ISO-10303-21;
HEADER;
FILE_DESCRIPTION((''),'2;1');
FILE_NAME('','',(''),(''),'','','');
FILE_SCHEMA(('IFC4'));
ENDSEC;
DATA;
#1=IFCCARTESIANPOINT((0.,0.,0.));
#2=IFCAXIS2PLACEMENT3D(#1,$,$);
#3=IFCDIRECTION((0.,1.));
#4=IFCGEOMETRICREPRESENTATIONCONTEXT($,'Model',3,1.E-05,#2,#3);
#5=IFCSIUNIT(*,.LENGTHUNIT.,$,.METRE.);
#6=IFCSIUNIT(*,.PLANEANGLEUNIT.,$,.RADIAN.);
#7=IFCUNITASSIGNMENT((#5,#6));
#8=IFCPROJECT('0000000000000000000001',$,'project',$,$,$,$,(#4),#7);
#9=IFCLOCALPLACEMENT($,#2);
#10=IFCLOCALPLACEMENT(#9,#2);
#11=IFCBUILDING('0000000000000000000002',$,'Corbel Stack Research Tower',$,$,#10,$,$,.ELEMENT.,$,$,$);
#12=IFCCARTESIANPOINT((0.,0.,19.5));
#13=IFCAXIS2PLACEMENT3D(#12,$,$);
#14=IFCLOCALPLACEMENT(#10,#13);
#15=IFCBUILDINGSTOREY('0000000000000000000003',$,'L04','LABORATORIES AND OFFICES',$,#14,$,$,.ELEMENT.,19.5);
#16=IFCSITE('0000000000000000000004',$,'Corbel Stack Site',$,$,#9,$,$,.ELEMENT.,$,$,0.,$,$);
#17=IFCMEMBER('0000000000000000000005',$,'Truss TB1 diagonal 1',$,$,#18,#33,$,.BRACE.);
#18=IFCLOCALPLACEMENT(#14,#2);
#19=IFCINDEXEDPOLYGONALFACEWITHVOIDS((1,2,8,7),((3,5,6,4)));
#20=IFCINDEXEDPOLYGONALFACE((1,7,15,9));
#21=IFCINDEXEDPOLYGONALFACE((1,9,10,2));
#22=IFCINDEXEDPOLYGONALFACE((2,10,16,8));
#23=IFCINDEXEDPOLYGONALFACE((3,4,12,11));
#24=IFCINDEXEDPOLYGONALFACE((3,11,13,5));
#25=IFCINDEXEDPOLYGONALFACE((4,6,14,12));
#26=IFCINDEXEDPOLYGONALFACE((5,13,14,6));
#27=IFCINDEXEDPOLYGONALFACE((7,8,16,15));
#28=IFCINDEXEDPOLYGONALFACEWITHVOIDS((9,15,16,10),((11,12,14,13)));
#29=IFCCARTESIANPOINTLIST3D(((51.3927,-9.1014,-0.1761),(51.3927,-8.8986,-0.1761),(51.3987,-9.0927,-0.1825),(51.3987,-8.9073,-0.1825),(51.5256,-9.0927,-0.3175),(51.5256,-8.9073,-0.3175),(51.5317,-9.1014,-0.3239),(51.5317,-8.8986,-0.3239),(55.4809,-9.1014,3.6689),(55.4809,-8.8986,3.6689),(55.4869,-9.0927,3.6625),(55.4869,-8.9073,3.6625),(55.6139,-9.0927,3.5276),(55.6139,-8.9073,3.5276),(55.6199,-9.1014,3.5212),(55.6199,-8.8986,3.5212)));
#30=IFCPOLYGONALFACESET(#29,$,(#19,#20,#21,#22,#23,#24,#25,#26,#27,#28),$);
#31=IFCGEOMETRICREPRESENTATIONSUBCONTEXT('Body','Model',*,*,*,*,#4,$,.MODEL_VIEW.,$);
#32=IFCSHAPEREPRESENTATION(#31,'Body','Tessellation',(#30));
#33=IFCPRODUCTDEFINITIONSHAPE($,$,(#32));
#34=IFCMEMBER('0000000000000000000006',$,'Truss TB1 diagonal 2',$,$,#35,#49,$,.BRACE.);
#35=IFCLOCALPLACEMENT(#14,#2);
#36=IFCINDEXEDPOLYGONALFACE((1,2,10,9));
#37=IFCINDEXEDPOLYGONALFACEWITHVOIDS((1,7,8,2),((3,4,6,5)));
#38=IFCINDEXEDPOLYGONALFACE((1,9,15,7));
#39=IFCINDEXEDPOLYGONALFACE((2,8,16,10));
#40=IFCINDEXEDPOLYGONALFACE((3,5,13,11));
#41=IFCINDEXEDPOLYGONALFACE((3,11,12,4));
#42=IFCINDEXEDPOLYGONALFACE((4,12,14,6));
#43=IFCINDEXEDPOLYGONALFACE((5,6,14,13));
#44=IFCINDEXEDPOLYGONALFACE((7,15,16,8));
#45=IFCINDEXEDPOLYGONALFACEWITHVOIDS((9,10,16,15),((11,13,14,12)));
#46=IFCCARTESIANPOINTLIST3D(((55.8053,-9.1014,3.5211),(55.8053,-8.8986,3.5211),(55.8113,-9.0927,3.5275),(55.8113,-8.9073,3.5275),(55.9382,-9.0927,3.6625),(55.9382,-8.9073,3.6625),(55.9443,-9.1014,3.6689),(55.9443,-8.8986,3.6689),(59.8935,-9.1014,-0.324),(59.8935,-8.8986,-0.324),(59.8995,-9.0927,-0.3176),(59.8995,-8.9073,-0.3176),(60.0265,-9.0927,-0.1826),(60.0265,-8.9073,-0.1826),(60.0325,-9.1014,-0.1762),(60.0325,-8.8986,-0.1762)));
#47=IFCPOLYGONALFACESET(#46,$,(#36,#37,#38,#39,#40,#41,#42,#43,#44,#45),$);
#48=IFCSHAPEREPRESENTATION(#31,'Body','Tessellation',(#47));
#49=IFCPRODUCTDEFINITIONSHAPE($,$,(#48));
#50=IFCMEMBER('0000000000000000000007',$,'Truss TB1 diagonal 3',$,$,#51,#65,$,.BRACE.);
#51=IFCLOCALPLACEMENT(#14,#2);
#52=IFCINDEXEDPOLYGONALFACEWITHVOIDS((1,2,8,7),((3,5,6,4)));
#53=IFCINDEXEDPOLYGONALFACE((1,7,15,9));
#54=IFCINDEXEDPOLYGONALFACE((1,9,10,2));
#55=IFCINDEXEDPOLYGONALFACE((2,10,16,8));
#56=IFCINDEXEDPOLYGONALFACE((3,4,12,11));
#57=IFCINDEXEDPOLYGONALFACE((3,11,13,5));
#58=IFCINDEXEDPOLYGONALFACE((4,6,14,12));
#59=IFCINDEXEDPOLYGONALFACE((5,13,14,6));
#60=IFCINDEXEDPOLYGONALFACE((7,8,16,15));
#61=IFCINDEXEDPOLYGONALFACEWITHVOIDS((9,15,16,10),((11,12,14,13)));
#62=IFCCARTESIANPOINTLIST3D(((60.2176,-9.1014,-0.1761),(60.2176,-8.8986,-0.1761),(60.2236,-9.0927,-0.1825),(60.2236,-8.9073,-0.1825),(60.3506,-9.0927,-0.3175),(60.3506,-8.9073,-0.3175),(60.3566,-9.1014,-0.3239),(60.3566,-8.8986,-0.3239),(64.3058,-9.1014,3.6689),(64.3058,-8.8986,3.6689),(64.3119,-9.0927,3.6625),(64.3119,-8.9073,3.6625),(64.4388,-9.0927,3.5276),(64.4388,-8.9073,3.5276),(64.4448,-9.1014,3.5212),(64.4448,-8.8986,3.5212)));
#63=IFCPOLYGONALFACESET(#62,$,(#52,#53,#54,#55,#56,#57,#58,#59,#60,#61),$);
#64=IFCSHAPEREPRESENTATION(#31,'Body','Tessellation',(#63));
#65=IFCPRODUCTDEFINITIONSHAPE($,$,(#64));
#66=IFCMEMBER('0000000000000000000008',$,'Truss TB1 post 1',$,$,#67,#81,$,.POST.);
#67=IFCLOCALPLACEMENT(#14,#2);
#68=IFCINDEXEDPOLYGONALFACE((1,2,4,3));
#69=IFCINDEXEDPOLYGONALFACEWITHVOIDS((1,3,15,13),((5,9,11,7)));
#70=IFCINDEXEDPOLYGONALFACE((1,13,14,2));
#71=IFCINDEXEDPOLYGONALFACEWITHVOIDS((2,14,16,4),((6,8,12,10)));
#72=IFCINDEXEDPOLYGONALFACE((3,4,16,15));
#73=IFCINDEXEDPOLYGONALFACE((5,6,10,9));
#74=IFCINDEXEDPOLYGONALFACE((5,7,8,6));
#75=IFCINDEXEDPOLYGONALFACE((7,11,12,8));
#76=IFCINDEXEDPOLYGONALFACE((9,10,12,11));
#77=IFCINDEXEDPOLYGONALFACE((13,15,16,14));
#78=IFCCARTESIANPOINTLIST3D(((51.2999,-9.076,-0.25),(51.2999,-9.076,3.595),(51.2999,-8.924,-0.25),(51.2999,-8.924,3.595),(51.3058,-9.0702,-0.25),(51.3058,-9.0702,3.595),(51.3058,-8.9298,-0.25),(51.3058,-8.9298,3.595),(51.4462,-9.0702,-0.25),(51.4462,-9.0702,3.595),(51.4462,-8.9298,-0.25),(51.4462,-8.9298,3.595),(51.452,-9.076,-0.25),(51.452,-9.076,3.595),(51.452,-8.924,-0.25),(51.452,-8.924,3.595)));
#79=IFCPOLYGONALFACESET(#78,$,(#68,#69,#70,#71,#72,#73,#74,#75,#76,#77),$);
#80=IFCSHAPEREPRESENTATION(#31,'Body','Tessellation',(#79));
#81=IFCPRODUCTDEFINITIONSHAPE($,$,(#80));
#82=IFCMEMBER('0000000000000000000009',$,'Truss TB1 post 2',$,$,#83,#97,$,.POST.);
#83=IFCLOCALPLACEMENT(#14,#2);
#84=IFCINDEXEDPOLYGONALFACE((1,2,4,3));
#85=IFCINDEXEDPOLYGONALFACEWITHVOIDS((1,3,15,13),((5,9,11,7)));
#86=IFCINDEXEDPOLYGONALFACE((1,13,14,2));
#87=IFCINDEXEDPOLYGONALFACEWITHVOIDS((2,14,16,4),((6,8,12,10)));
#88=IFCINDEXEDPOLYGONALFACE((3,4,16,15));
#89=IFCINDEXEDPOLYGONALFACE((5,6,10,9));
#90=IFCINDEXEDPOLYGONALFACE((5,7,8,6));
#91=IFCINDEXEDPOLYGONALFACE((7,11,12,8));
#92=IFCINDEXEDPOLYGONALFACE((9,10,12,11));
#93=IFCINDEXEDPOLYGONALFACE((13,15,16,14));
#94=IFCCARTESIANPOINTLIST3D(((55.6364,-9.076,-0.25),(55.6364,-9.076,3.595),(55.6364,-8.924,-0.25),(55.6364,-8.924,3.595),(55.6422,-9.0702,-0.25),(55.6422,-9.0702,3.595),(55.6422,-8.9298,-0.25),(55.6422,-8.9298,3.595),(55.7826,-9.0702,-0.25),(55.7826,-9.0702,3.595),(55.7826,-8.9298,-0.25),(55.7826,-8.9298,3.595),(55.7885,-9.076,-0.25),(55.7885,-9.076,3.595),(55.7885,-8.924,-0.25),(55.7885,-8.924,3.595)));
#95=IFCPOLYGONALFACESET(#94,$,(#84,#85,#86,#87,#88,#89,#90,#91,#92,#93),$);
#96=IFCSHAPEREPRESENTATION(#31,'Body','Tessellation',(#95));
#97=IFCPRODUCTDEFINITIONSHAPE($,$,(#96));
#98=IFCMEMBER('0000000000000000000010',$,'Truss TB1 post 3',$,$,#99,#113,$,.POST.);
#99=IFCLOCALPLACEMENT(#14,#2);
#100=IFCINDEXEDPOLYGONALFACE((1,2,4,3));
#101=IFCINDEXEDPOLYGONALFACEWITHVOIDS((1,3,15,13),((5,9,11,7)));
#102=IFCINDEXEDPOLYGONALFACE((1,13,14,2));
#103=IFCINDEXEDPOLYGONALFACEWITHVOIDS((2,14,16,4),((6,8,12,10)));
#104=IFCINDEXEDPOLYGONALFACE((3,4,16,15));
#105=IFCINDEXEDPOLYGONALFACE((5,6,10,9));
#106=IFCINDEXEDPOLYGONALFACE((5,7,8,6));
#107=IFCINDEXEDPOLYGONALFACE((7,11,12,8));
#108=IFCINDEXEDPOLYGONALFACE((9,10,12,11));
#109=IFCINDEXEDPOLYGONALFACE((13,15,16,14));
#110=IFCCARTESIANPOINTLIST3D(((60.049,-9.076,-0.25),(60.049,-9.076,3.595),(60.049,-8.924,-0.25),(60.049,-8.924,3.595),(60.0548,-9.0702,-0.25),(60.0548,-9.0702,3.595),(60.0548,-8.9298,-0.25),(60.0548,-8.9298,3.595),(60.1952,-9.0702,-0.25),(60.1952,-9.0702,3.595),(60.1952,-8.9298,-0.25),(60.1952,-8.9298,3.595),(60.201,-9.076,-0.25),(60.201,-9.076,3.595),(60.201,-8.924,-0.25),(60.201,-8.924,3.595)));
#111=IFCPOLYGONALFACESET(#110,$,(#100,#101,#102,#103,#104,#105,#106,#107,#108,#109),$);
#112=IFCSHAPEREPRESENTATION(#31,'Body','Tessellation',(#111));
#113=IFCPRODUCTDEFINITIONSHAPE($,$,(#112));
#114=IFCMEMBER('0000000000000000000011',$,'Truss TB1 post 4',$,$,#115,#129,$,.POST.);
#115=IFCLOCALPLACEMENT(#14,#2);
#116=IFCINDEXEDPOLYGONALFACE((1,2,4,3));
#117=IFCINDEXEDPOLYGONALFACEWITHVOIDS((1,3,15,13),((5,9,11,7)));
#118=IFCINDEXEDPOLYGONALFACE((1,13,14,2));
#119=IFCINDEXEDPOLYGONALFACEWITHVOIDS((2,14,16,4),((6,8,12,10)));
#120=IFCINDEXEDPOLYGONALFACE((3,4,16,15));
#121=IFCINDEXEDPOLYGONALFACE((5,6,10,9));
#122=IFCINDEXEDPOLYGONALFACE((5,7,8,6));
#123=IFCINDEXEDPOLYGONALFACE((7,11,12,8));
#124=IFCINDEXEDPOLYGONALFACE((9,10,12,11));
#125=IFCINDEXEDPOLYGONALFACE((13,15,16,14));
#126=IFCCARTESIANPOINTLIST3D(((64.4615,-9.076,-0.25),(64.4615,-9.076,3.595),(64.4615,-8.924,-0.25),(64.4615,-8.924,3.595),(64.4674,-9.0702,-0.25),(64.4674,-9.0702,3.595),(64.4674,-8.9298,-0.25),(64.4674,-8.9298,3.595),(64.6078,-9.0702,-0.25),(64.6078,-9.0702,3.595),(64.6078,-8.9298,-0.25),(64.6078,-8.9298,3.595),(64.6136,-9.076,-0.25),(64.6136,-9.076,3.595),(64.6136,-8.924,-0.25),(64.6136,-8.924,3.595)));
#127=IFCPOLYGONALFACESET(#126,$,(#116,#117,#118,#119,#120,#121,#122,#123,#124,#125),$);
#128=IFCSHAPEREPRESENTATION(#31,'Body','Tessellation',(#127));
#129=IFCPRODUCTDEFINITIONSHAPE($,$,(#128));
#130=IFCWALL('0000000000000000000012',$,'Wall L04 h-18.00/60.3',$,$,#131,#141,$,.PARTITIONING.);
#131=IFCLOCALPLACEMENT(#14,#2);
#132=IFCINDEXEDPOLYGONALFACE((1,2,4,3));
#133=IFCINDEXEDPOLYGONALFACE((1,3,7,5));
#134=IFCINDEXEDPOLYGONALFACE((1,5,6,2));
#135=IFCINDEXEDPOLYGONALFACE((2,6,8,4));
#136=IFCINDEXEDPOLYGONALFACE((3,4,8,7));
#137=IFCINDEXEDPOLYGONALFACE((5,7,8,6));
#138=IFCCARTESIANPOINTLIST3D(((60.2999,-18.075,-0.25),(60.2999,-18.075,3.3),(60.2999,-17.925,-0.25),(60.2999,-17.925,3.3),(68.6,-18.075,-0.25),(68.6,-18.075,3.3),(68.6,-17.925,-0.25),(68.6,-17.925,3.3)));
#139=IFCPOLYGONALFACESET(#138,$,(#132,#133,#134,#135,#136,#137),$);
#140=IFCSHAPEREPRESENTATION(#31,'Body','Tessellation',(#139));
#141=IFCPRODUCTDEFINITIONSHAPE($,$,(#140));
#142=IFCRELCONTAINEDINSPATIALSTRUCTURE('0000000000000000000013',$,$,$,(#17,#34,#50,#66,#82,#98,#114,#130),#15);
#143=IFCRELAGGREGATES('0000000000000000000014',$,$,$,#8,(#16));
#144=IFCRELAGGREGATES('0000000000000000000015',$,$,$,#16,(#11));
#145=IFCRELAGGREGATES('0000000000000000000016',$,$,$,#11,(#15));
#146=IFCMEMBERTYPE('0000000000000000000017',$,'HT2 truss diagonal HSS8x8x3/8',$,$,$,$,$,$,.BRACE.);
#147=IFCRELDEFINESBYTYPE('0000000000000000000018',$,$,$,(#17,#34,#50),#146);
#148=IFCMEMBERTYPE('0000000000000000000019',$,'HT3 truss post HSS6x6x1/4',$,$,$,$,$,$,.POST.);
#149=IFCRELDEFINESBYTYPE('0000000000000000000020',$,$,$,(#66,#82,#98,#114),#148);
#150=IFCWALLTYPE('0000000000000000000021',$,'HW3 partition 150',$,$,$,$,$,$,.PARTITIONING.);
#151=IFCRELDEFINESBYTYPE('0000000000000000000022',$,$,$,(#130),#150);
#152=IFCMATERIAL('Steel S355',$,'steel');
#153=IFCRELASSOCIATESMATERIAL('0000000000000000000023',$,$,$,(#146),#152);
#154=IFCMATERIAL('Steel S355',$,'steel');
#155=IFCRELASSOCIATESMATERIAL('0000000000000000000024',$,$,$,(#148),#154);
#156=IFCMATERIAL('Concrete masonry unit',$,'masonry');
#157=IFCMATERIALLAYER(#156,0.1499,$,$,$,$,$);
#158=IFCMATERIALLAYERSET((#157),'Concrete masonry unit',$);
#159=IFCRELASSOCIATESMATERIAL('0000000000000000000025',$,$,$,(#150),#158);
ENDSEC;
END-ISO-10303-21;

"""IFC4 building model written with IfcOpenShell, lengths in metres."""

from ifc_helpers import new_model, si_unit, direction, frame, frame_2d, origin, origin_2d, place, context, subcontext, project, spatial, rectangle, hollow_rectangle, extrude, material, layer, layer_set, material_profile, profile_set, type_object, element, save


model = new_model("IFC4")

# Units and contexts
model_context = context("Model", 3, precision=1e-05, world=origin(), true_north=direction((0.0, 1.0)))
body_context = subcontext(model_context, "Body", "Model", "MODEL_VIEW")
ifc_project = project(units=[si_unit("LENGTHUNIT", "METRE"), si_unit("PLANEANGLEUNIT", "RADIAN")], contexts=[model_context])

# Site, building, storey
site_placement = place(None, origin())
site = spatial("IfcSite", under=ifc_project, at=site_placement, Name="Corbel Stack Site", CompositionType="ELEMENT", RefElevation=0.0)
building_placement = place(site_placement, origin())
building = spatial("IfcBuilding", under=site, at=building_placement, Name="Corbel Stack Research Tower", CompositionType="ELEMENT")
storey_placement = place(building_placement, frame((0.0, 0.0, 19.5)))
storey = spatial("IfcBuildingStorey", under=building, at=storey_placement, Name="L04", Description="LABORATORIES AND OFFICES", CompositionType="ELEMENT", Elevation=19.5)

# Members
ifc_material_1 = material(Name="Steel S355", Category="steel")
ifc_material_profile_1 = material_profile(ifc_material_1, hollow_rectangle(XDim=0.2029, YDim=0.2029, WallThickness=0.0088, at=origin_2d()), Name="HSS8x8x3/8")
ifc_profile_set_1 = profile_set([ifc_material_profile_1], Name="Steel S355")
member_type_1 = type_object("IfcMemberType", Name="HT2 truss diagonal HSS8x8x3/8", PredefinedType="BRACE", material=ifc_profile_set_1)
for number, where, z_axis, x_axis, name in (
    (1, (51.4622, -9.0, -0.25), (0.728439, 0.0, 0.685111), (0.0, 1.0, 0.0), "Truss TB1 diagonal 1"),
    (2, (55.8748, -9.0, 3.595), (0.728439, 0.0, -0.685111), (0.0, 1.0, 0.0), "Truss TB1 diagonal 2"),
    (3, (60.2871, -9.0, -0.25), (0.728439, 0.0, 0.685111), (0.0, 1.0, 0.0), "Truss TB1 diagonal 3"),
):
    element("IfcMember", number, at=place(storey_placement, frame(where, z_axis=z_axis, x_axis=x_axis)), inside=storey, type_object=member_type_1, Name=name, PredefinedType="BRACE", context=body_context, shape_type="SweptSolid", body=[
        extrude(hollow_rectangle(XDim=0.2029, YDim=0.2029, WallThickness=0.0088, at=origin_2d()), origin(), (0.0, 0.0, 1.0), 5.6123),
    ])
ifc_material_2 = material(Name="Steel S355", Category="steel")
ifc_material_profile_2 = material_profile(ifc_material_2, hollow_rectangle(XDim=0.1521, YDim=0.1521, WallThickness=0.0059, at=origin_2d()), Name="HSS6x6x1/4")
ifc_profile_set_2 = profile_set([ifc_material_profile_2], Name="Steel S355")
member_type_2 = type_object("IfcMemberType", Name="HT3 truss post HSS6x6x1/4", PredefinedType="POST", material=ifc_profile_set_2)
for number, where, z_axis, x_axis, name in (
    (4, (51.376, -9.0, -0.25), (0.0, 0.0, 1.0), (1.0, 0.0, 0.0), "Truss TB1 post 1"),
    (5, (55.7124, -9.0, -0.25), (0.0, 0.0, 1.0), (1.0, 0.0, 0.0), "Truss TB1 post 2"),
    (6, (60.125, -9.0, -0.25), (0.0, 0.0, 1.0), (1.0, 0.0, 0.0), "Truss TB1 post 3"),
    (7, (64.5376, -9.0, -0.25), (0.0, 0.0, 1.0), (1.0, 0.0, 0.0), "Truss TB1 post 4"),
):
    element("IfcMember", number, at=place(storey_placement, frame(where, z_axis=z_axis, x_axis=x_axis)), inside=storey, type_object=member_type_2, Name=name, PredefinedType="POST", context=body_context, shape_type="SweptSolid", body=[
        extrude(hollow_rectangle(XDim=0.1521, YDim=0.1521, WallThickness=0.0059, at=origin_2d()), origin(), (0.0, 0.0, 1.0), 3.845),
    ])

# Wall
ifc_material_3 = material(Name="Concrete masonry unit", Category="masonry")
ifc_layer = layer(ifc_material_3, 0.1499)
ifc_layer_set = layer_set([ifc_layer], Name="Concrete masonry unit")
wall_type = type_object("IfcWallType", Name="HW3 partition 150", PredefinedType="PARTITIONING", material=ifc_layer_set)
wall_placement = place(storey_placement, frame((60.3, -18.0, -0.25), z_axis=(0.0, 0.0, 1.0), x_axis=(1.0, 0.0, 0.0)))
element("IfcWall", 8, at=wall_placement, inside=storey, type_object=wall_type, Name="Wall L04 h-18.00/60.3", PredefinedType="PARTITIONING", context=body_context, shape_type="SweptSolid", body=[
    extrude(rectangle(XDim=8.3, YDim=0.1499, at=frame_2d((4.1499, 0.0))), origin(), (0.0, 0.0, 1.0), 3.55),
])

save(model, "model.ifc")
